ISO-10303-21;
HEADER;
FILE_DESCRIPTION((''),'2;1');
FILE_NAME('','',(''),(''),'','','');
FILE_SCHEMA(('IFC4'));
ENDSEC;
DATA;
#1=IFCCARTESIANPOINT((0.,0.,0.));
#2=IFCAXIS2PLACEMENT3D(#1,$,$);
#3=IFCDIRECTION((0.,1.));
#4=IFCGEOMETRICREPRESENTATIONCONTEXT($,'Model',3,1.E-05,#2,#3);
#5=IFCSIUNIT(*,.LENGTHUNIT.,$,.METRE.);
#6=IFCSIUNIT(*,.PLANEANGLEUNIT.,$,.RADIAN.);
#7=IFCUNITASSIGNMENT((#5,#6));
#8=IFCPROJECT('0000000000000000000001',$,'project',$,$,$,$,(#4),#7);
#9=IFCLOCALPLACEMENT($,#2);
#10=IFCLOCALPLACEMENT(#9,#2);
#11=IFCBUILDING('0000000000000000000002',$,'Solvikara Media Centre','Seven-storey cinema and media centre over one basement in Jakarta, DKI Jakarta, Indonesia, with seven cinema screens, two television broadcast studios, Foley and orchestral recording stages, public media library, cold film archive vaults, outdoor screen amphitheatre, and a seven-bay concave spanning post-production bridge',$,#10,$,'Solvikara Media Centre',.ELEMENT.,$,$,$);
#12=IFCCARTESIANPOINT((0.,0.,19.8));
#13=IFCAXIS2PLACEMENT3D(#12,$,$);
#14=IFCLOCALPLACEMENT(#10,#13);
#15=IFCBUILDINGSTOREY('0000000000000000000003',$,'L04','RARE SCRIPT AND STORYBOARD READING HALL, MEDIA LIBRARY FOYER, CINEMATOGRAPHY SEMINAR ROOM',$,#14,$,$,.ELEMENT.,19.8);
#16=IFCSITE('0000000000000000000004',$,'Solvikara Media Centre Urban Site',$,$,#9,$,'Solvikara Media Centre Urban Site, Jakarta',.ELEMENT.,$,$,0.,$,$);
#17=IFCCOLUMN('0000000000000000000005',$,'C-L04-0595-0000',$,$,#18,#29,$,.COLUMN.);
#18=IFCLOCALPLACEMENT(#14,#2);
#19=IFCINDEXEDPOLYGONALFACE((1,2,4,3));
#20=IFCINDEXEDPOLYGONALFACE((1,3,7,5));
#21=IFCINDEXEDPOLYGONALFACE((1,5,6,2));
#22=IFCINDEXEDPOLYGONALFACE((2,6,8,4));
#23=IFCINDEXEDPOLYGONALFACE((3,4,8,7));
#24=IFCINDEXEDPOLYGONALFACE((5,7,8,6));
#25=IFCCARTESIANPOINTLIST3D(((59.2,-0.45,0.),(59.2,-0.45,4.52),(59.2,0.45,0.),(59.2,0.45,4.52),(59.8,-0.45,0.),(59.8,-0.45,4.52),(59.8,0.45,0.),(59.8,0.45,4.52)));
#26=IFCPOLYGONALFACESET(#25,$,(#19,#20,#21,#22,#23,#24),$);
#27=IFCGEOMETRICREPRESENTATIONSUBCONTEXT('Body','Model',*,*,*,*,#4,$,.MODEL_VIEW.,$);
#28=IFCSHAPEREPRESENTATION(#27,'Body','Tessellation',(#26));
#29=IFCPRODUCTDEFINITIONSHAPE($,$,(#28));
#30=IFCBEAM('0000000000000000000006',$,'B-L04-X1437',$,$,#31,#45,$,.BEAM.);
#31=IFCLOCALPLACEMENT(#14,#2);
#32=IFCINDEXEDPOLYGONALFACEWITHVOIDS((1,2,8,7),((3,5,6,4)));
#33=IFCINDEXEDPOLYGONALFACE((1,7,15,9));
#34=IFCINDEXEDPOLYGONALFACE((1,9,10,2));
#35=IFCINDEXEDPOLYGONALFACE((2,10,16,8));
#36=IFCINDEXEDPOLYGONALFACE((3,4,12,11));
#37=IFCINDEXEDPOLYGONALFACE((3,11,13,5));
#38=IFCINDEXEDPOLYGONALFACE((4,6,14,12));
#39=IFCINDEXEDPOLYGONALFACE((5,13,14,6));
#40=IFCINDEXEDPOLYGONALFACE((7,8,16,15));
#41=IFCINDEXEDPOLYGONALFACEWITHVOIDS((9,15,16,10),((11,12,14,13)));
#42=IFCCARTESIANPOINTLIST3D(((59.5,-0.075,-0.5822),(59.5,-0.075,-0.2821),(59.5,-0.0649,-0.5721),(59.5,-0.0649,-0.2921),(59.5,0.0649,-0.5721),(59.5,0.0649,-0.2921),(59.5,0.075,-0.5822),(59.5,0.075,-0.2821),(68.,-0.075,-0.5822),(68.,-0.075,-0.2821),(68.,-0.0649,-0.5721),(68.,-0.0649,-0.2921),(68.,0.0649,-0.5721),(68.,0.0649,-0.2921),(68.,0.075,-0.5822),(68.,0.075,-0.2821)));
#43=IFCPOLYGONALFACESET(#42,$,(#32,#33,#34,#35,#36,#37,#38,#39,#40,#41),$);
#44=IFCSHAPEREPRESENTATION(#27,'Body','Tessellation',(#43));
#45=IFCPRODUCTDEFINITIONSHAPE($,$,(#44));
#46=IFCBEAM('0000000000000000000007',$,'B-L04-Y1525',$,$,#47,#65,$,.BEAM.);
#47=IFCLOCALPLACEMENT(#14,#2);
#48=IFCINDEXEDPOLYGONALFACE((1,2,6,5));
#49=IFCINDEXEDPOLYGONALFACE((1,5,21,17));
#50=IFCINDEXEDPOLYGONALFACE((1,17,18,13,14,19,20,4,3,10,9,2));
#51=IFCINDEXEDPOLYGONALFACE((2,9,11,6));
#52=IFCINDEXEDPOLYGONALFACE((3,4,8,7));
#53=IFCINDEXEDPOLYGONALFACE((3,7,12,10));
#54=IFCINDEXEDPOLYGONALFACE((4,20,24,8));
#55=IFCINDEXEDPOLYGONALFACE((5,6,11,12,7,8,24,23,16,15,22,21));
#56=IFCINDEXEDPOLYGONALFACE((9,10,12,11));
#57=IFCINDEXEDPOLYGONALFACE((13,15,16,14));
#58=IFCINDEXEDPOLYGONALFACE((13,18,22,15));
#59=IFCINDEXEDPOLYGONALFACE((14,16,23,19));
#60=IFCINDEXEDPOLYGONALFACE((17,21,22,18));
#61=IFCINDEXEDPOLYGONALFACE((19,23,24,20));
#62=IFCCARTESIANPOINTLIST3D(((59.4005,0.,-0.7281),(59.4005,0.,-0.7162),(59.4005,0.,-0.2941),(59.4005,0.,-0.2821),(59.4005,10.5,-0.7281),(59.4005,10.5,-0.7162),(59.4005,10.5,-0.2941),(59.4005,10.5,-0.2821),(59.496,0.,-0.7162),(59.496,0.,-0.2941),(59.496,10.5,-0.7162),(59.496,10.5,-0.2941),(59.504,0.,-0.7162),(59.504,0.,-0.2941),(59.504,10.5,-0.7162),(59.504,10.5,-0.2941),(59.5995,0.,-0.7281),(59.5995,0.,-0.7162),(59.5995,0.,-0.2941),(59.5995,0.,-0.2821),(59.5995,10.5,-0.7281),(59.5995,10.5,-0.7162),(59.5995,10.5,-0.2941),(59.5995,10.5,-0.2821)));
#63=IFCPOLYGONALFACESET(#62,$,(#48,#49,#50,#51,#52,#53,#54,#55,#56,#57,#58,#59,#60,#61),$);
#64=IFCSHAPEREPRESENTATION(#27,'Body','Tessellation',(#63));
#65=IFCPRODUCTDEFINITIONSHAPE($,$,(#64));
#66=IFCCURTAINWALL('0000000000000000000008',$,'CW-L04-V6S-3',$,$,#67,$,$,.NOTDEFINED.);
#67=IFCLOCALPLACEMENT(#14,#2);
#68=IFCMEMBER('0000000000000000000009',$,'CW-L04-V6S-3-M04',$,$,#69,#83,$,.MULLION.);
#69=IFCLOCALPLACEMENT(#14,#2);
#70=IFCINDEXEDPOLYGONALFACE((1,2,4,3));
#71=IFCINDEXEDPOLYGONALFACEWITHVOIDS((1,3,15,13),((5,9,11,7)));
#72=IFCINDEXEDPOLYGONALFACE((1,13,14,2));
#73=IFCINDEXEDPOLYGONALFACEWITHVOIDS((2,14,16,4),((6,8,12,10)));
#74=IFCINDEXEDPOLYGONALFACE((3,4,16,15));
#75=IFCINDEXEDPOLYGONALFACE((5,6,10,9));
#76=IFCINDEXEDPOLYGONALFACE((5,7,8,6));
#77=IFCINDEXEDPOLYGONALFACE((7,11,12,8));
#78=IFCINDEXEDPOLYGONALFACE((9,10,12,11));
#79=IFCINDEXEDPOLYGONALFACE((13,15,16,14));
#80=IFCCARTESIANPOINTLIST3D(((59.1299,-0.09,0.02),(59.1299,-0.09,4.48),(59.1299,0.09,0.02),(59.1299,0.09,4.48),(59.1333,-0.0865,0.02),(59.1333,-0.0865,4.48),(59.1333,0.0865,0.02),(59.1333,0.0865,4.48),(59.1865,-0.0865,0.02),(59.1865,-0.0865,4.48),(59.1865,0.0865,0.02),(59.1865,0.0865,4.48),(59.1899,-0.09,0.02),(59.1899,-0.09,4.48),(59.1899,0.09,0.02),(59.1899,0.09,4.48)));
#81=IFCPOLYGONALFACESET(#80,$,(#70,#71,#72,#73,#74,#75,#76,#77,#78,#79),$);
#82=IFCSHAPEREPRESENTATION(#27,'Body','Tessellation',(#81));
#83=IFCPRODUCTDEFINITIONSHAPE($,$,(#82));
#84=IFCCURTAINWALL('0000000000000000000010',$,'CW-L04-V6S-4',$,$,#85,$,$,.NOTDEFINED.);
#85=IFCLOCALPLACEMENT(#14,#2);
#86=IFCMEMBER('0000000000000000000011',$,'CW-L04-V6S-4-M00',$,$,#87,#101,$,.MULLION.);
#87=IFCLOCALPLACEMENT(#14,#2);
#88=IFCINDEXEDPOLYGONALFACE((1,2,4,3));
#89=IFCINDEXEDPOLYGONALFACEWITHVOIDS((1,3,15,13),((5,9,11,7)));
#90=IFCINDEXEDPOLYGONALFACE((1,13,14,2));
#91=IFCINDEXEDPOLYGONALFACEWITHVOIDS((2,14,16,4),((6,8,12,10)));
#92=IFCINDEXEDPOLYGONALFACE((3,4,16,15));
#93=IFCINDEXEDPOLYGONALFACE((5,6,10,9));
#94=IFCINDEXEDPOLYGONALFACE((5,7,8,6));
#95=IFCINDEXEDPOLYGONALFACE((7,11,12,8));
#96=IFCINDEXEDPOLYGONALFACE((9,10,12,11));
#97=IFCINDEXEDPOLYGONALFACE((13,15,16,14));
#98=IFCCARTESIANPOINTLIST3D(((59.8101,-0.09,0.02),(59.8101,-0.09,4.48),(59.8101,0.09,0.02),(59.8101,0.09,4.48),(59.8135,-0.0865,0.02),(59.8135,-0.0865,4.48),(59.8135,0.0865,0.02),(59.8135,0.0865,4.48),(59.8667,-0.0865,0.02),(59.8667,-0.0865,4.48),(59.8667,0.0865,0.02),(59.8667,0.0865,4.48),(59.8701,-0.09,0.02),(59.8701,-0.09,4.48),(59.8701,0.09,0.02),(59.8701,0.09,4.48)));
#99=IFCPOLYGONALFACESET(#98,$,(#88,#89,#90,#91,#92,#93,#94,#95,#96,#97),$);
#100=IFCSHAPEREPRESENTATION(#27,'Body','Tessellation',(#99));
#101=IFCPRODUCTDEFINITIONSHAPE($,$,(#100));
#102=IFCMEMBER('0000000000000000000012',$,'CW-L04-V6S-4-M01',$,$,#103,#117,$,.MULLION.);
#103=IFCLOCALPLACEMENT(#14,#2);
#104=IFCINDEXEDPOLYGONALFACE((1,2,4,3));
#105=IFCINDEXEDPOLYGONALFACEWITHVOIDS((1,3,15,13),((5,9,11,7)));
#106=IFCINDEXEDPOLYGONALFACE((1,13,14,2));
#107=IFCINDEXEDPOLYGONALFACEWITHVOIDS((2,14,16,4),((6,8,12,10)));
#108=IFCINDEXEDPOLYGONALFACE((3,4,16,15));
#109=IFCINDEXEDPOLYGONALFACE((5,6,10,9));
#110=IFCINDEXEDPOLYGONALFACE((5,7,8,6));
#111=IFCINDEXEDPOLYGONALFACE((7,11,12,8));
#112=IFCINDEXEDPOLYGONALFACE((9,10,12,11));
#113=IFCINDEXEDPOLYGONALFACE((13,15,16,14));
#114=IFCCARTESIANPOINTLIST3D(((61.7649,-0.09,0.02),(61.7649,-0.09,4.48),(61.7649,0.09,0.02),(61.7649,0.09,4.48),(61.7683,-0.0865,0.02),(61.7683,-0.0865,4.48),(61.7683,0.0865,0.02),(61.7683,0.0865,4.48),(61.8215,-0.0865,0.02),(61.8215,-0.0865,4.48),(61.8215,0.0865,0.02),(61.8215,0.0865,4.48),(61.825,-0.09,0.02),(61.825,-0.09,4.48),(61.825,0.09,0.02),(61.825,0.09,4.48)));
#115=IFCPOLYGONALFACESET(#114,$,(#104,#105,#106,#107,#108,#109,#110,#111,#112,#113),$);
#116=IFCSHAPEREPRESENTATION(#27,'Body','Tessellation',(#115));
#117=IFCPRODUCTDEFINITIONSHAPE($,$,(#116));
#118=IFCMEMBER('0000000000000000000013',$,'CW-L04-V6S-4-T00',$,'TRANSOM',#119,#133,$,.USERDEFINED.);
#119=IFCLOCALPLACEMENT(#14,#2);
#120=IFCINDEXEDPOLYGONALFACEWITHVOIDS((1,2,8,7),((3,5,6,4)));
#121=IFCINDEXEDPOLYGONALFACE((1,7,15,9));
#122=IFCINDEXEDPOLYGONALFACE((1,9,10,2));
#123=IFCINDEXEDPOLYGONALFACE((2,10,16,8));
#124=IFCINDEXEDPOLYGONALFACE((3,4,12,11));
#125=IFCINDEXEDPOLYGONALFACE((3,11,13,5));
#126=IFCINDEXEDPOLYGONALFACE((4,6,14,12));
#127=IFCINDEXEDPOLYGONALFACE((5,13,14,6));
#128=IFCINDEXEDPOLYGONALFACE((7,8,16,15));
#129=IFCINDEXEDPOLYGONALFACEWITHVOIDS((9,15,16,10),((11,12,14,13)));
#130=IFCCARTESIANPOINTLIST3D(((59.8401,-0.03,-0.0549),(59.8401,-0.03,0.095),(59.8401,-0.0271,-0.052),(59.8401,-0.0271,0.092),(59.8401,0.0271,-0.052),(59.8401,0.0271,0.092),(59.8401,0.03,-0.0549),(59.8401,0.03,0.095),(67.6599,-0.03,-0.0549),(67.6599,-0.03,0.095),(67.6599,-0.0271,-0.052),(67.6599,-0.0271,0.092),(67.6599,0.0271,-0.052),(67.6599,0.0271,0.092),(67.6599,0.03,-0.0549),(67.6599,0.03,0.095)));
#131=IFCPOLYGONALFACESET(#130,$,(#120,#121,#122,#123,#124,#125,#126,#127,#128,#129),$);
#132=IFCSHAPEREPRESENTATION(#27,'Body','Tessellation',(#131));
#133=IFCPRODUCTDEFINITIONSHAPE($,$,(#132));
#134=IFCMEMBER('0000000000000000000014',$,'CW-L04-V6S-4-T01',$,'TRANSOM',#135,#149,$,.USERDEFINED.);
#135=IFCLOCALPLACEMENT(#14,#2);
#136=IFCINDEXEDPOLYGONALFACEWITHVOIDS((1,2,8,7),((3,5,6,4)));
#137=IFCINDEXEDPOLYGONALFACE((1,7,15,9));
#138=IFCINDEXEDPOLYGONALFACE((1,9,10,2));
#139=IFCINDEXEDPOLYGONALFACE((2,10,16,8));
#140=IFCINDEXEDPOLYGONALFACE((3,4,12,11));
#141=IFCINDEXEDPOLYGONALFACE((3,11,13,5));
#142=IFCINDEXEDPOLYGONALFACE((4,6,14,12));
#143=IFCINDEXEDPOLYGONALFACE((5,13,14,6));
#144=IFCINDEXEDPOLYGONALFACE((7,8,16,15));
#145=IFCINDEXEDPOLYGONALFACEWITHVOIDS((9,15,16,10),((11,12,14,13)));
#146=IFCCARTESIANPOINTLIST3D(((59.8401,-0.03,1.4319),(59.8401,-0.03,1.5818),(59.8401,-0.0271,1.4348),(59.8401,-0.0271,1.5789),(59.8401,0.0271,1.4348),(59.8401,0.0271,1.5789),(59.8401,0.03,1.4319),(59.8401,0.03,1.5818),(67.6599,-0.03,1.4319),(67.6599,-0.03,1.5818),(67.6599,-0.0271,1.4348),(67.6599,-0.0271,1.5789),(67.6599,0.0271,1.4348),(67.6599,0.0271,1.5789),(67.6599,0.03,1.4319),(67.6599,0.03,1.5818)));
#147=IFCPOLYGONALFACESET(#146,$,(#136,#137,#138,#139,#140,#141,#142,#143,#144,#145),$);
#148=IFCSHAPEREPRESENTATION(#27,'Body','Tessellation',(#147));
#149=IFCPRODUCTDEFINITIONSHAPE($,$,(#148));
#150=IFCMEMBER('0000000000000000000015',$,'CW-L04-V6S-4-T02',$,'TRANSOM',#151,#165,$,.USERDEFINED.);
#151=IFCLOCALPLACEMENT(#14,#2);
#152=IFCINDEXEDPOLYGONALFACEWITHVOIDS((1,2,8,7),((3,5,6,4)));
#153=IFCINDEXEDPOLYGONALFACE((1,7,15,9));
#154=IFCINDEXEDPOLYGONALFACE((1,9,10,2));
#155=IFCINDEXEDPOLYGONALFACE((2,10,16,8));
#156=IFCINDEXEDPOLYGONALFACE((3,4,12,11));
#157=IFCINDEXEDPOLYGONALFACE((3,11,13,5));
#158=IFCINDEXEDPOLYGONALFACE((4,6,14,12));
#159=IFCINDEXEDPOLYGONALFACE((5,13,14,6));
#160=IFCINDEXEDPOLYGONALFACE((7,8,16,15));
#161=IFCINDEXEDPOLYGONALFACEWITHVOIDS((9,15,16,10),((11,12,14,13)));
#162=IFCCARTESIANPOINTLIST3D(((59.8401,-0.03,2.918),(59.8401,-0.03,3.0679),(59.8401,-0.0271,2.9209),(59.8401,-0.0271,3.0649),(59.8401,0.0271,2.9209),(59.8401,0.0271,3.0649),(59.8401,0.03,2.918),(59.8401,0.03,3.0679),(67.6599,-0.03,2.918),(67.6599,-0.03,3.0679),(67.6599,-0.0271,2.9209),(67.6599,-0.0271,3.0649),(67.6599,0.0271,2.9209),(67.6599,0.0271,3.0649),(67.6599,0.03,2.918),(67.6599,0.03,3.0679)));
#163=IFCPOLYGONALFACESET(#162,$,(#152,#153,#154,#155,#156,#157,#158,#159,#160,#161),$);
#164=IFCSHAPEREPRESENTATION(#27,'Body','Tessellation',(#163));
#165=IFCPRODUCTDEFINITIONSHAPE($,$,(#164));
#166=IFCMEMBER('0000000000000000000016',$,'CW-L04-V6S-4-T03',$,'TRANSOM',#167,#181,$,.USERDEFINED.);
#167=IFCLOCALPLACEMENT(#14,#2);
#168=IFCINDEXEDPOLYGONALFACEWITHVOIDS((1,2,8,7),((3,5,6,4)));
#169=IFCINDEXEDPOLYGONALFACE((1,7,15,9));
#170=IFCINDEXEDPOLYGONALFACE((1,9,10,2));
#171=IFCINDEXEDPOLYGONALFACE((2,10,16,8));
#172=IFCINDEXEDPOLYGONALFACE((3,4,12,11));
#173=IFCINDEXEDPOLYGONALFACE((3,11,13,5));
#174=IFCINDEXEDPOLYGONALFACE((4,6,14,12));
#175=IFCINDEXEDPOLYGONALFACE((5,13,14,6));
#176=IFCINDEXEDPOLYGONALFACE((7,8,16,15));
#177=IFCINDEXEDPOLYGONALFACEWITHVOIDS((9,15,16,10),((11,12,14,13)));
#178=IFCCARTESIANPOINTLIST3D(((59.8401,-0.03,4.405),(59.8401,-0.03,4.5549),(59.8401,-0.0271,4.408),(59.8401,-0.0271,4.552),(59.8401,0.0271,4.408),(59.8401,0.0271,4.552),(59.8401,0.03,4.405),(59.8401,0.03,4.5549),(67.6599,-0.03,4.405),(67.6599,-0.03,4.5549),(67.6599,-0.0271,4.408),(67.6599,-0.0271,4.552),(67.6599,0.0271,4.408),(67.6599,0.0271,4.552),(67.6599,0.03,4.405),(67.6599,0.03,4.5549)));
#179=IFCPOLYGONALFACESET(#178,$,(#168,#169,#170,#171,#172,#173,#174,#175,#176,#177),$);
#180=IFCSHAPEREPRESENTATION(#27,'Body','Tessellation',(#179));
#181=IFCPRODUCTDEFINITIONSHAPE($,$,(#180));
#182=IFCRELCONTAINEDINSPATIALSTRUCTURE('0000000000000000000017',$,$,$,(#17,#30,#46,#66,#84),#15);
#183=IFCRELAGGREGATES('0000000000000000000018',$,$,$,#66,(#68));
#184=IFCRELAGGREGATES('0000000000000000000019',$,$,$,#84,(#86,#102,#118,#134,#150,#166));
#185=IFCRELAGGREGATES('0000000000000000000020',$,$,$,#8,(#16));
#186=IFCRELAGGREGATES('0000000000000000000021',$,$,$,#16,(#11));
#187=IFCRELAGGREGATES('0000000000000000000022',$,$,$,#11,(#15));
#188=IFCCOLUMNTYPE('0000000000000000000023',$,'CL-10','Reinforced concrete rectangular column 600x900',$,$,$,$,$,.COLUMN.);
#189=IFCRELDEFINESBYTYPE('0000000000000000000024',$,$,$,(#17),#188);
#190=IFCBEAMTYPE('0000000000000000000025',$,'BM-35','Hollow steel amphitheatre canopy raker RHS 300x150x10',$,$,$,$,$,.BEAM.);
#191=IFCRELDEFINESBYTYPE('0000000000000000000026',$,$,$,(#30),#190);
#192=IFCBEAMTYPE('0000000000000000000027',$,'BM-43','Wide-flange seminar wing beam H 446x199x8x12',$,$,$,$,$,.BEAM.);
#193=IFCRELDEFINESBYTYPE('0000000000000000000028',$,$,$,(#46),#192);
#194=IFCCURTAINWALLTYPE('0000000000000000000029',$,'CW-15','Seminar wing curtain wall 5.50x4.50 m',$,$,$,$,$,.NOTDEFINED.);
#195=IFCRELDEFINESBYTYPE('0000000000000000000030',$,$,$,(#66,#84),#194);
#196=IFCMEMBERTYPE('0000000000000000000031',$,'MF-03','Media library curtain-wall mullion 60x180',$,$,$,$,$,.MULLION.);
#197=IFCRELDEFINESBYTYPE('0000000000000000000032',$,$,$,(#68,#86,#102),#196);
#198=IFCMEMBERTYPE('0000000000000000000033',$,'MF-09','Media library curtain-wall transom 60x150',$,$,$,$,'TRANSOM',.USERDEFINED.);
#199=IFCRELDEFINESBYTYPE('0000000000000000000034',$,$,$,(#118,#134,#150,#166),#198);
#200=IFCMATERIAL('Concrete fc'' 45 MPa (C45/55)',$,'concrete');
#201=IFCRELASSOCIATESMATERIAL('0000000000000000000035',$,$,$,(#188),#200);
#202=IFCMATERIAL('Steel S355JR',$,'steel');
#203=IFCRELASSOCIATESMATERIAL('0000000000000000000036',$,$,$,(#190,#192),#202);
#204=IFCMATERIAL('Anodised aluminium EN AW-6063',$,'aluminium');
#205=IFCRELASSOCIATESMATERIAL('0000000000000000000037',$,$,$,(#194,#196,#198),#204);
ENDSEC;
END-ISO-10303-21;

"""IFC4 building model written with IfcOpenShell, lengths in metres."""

from ifc_helpers import new_model, si_unit, direction, frame, origin, origin_2d, place, context, subcontext, project, spatial, rectangle, hollow_rectangle, i_section, extrude, material, material_profile, profile_set, type_object, element, aggregate, save


model = new_model("IFC4")

# Units and contexts
model_context = context("Model", 3, precision=1e-05, world=origin(), true_north=direction((0.0, 1.0)))
body_context = subcontext(model_context, "Body", "Model", "MODEL_VIEW")
ifc_project = project(units=[si_unit("LENGTHUNIT", "METRE"), si_unit("PLANEANGLEUNIT", "RADIAN")], contexts=[model_context])

# Site, building, storey
site_placement = place(None, origin())
site = spatial("IfcSite", under=ifc_project, at=site_placement, Name="Solvikara Media Centre Urban Site", LongName="Solvikara Media Centre Urban Site, Jakarta", CompositionType="ELEMENT", RefElevation=0.0)
building_placement = place(site_placement, origin())
building = spatial("IfcBuilding", under=site, at=building_placement, Name="Solvikara Media Centre", Description="Seven-storey cinema and media centre over one basement in Jakarta, DKI Jakarta, Indonesia, with seven cinema screens, two television broadcast studios, Foley and orchestral recording stages, public media library, cold film archive vaults, outdoor screen amphitheatre, and a seven-bay concave spanning post-production bridge", LongName="Solvikara Media Centre", CompositionType="ELEMENT")
storey_placement = place(building_placement, frame((0.0, 0.0, 19.8)))
storey = spatial("IfcBuildingStorey", under=building, at=storey_placement, Name="L04", Description="RARE SCRIPT AND STORYBOARD READING HALL, MEDIA LIBRARY FOYER, CINEMATOGRAPHY SEMINAR ROOM", CompositionType="ELEMENT", Elevation=19.8)

# Column
ifc_material_1 = material(Name="Concrete fc' 45 MPa (C45/55)", Category="concrete")
ifc_material_profile_1 = material_profile(ifc_material_1, rectangle(XDim=0.6001, YDim=0.8999, at=origin_2d()), Name="RC 600x900")
ifc_profile_set_1 = profile_set([ifc_material_profile_1], Name="Concrete fc' 45 MPa (C45/55)")
column_type = type_object("IfcColumnType", Name="CL-10", Description="Reinforced concrete rectangular column 600x900", PredefinedType="COLUMN", material=ifc_profile_set_1)
column_placement = place(storey_placement, frame((59.5, 0.0, 0.0), z_axis=(0.0, 0.0, 1.0), x_axis=(1.0, 0.0, 0.0)))
element("IfcColumn", 1, at=column_placement, inside=storey, type_object=column_type, Name="C-L04-0595-0000", PredefinedType="COLUMN", context=body_context, shape_type="SweptSolid", body=[
    extrude(rectangle(XDim=0.6001, YDim=0.8999, at=origin_2d()), origin(), (0.0, 0.0, 1.0), 4.52),
])

# Beams
ifc_material_2 = material(Name="Steel S355JR", Category="steel")
ifc_material_profile_2 = material_profile(ifc_material_2, hollow_rectangle(XDim=0.1499, YDim=0.3, WallThickness=0.01, at=origin_2d()), Name="RHS 300x150x10")
ifc_profile_set_2 = profile_set([ifc_material_profile_2], Name="Steel S355JR")
beam_type_1 = type_object("IfcBeamType", Name="BM-35", Description="Hollow steel amphitheatre canopy raker RHS 300x150x10", PredefinedType="BEAM", material=ifc_profile_set_2)
beam_1_placement = place(storey_placement, frame((59.5, 0.0, -0.4321), z_axis=(1.0, 0.0, 0.0), x_axis=(0.0, 1.0, 0.0)))
element("IfcBeam", 2, at=beam_1_placement, inside=storey, type_object=beam_type_1, Name="B-L04-X1437", PredefinedType="BEAM", context=body_context, shape_type="SweptSolid", body=[
    extrude(hollow_rectangle(XDim=0.1499, YDim=0.3, WallThickness=0.01, at=origin_2d()), origin(), (0.0, 0.0, 1.0), 8.5),
])
ifc_material_profile_3 = material_profile(ifc_material_2, i_section(OverallWidth=0.199, OverallDepth=0.446, WebThickness=0.0081, FlangeThickness=0.012, at=origin_2d()), Name="H 446x199x8x12")
ifc_profile_set_3 = profile_set([ifc_material_profile_3], Name="Steel S355JR")
beam_type_2 = type_object("IfcBeamType", Name="BM-43", Description="Wide-flange seminar wing beam H 446x199x8x12", PredefinedType="BEAM", material=ifc_profile_set_3)
beam_2_placement = place(storey_placement, frame((59.5, 0.0, -0.5051), z_axis=(0.0, 1.0, 0.0), x_axis=(-1.0, 0.0, 0.0)))
element("IfcBeam", 3, at=beam_2_placement, inside=storey, type_object=beam_type_2, Name="B-L04-Y1525", PredefinedType="BEAM", context=body_context, shape_type="SweptSolid", body=[
    extrude(i_section(OverallWidth=0.199, OverallDepth=0.446, WebThickness=0.0081, FlangeThickness=0.012, at=origin_2d()), origin(), (0.0, 0.0, 1.0), 10.5),
])

# Curtain wall, member
ifc_material_3 = material(Name="Anodised aluminium EN AW-6063", Category="aluminium")
curtain_wall_type = type_object("IfcCurtainWallType", Name="CW-15", Description="Seminar wing curtain wall 5.50x4.50 m", PredefinedType="NOTDEFINED", material=ifc_material_3)
curtain_wall_1_placement = place(storey_placement, origin())
curtain_wall_1 = element("IfcCurtainWall", 4, at=curtain_wall_1_placement, inside=storey, type_object=curtain_wall_type, Name="CW-L04-V6S-3", PredefinedType="NOTDEFINED")
ifc_material_profile_4 = material_profile(ifc_material_3, hollow_rectangle(XDim=0.0601, YDim=0.1799, WallThickness=0.0034, at=origin_2d()), Name="ALU-M 60x180x3.5")
ifc_profile_set_4 = profile_set([ifc_material_profile_4], Name="Anodised aluminium EN AW-6063")
member_type_1 = type_object("IfcMemberType", Name="MF-03", Description="Media library curtain-wall mullion 60x180", PredefinedType="MULLION", material=ifc_profile_set_4)
member_1_placement = place(storey_placement, frame((59.1599, 0.0, 0.02), z_axis=(0.0, 0.0, 1.0), x_axis=(1.0, 0.0, 0.0)))
member_1 = element("IfcMember", 5, at=member_1_placement, type_object=member_type_1, Name="CW-L04-V6S-3-M04", PredefinedType="MULLION", context=body_context, shape_type="SweptSolid", body=[
    extrude(hollow_rectangle(XDim=0.0601, YDim=0.1799, WallThickness=0.0034, at=origin_2d()), origin(), (0.0, 0.0, 1.0), 4.46),
])

# Curtain wall, members
curtain_wall_2_placement = place(storey_placement, origin())
curtain_wall_2 = element("IfcCurtainWall", 6, at=curtain_wall_2_placement, inside=storey, type_object=curtain_wall_type, Name="CW-L04-V6S-4", PredefinedType="NOTDEFINED")
member_2_placement = place(storey_placement, frame((59.8401, 0.0, 0.02), z_axis=(0.0, 0.0, 1.0), x_axis=(1.0, 0.0, 0.0)))
member_2 = element("IfcMember", 7, at=member_2_placement, type_object=member_type_1, Name="CW-L04-V6S-4-M00", PredefinedType="MULLION", context=body_context, shape_type="SweptSolid", body=[
    extrude(hollow_rectangle(XDim=0.0601, YDim=0.1799, WallThickness=0.0034, at=origin_2d()), origin(), (0.0, 0.0, 1.0), 4.46),
])
member_3_placement = place(storey_placement, frame((61.7949, 0.0, 0.02), z_axis=(0.0, 0.0, 1.0), x_axis=(1.0, 0.0, 0.0)))
member_3 = element("IfcMember", 8, at=member_3_placement, type_object=member_type_1, Name="CW-L04-V6S-4-M01", PredefinedType="MULLION", context=body_context, shape_type="SweptSolid", body=[
    extrude(hollow_rectangle(XDim=0.0601, YDim=0.1799, WallThickness=0.0034, at=origin_2d()), origin(), (0.0, 0.0, 1.0), 4.46),
])
ifc_material_profile_5 = material_profile(ifc_material_3, hollow_rectangle(XDim=0.0601, YDim=0.1499, WallThickness=0.0029, at=origin_2d()), Name="ALU-T 60x150x3")
ifc_profile_set_5 = profile_set([ifc_material_profile_5], Name="Anodised aluminium EN AW-6063")
member_type_2 = type_object("IfcMemberType", Name="MF-09", Description="Media library curtain-wall transom 60x150", ElementType="TRANSOM", PredefinedType="USERDEFINED", material=ifc_profile_set_5)
member_4_placement = place(storey_placement, frame((59.8401, 0.0, 0.02), z_axis=(1.0, 0.0, 0.0), x_axis=(0.0, 1.0, 0.0)))
member_4 = element("IfcMember", 9, at=member_4_placement, type_object=member_type_2, Name="CW-L04-V6S-4-T00", ObjectType="TRANSOM", PredefinedType="USERDEFINED", context=body_context, shape_type="SweptSolid", body=[
    extrude(hollow_rectangle(XDim=0.0601, YDim=0.1499, WallThickness=0.0029, at=origin_2d()), origin(), (0.0, 0.0, 1.0), 7.8198),
])
member_5_placement = place(storey_placement, frame((59.8401, 0.0, 1.5068), z_axis=(1.0, 0.0, 0.0), x_axis=(0.0, 1.0, 0.0)))
member_5 = element("IfcMember", 10, at=member_5_placement, type_object=member_type_2, Name="CW-L04-V6S-4-T01", ObjectType="TRANSOM", PredefinedType="USERDEFINED", context=body_context, shape_type="SweptSolid", body=[
    extrude(hollow_rectangle(XDim=0.0601, YDim=0.1499, WallThickness=0.0029, at=origin_2d()), origin(), (0.0, 0.0, 1.0), 7.8198),
])
member_6_placement = place(storey_placement, frame((59.8401, 0.0, 2.9929), z_axis=(1.0, 0.0, 0.0), x_axis=(0.0, 1.0, 0.0)))
member_6 = element("IfcMember", 11, at=member_6_placement, type_object=member_type_2, Name="CW-L04-V6S-4-T02", ObjectType="TRANSOM", PredefinedType="USERDEFINED", context=body_context, shape_type="SweptSolid", body=[
    extrude(hollow_rectangle(XDim=0.0601, YDim=0.1499, WallThickness=0.0029, at=origin_2d()), origin(), (0.0, 0.0, 1.0), 7.8198),
])
member_7_placement = place(storey_placement, frame((59.8401, 0.0, 4.48), z_axis=(1.0, 0.0, 0.0), x_axis=(0.0, 1.0, 0.0)))
member_7 = element("IfcMember", 12, at=member_7_placement, type_object=member_type_2, Name="CW-L04-V6S-4-T03", ObjectType="TRANSOM", PredefinedType="USERDEFINED", context=body_context, shape_type="SweptSolid", body=[
    extrude(hollow_rectangle(XDim=0.0601, YDim=0.1499, WallThickness=0.0029, at=origin_2d()), origin(), (0.0, 0.0, 1.0), 7.8198),
])

aggregate(curtain_wall_1, [member_1])
aggregate(curtain_wall_2, [member_2, member_3, member_4, member_5, member_6, member_7])

save(model, "model.ifc")
